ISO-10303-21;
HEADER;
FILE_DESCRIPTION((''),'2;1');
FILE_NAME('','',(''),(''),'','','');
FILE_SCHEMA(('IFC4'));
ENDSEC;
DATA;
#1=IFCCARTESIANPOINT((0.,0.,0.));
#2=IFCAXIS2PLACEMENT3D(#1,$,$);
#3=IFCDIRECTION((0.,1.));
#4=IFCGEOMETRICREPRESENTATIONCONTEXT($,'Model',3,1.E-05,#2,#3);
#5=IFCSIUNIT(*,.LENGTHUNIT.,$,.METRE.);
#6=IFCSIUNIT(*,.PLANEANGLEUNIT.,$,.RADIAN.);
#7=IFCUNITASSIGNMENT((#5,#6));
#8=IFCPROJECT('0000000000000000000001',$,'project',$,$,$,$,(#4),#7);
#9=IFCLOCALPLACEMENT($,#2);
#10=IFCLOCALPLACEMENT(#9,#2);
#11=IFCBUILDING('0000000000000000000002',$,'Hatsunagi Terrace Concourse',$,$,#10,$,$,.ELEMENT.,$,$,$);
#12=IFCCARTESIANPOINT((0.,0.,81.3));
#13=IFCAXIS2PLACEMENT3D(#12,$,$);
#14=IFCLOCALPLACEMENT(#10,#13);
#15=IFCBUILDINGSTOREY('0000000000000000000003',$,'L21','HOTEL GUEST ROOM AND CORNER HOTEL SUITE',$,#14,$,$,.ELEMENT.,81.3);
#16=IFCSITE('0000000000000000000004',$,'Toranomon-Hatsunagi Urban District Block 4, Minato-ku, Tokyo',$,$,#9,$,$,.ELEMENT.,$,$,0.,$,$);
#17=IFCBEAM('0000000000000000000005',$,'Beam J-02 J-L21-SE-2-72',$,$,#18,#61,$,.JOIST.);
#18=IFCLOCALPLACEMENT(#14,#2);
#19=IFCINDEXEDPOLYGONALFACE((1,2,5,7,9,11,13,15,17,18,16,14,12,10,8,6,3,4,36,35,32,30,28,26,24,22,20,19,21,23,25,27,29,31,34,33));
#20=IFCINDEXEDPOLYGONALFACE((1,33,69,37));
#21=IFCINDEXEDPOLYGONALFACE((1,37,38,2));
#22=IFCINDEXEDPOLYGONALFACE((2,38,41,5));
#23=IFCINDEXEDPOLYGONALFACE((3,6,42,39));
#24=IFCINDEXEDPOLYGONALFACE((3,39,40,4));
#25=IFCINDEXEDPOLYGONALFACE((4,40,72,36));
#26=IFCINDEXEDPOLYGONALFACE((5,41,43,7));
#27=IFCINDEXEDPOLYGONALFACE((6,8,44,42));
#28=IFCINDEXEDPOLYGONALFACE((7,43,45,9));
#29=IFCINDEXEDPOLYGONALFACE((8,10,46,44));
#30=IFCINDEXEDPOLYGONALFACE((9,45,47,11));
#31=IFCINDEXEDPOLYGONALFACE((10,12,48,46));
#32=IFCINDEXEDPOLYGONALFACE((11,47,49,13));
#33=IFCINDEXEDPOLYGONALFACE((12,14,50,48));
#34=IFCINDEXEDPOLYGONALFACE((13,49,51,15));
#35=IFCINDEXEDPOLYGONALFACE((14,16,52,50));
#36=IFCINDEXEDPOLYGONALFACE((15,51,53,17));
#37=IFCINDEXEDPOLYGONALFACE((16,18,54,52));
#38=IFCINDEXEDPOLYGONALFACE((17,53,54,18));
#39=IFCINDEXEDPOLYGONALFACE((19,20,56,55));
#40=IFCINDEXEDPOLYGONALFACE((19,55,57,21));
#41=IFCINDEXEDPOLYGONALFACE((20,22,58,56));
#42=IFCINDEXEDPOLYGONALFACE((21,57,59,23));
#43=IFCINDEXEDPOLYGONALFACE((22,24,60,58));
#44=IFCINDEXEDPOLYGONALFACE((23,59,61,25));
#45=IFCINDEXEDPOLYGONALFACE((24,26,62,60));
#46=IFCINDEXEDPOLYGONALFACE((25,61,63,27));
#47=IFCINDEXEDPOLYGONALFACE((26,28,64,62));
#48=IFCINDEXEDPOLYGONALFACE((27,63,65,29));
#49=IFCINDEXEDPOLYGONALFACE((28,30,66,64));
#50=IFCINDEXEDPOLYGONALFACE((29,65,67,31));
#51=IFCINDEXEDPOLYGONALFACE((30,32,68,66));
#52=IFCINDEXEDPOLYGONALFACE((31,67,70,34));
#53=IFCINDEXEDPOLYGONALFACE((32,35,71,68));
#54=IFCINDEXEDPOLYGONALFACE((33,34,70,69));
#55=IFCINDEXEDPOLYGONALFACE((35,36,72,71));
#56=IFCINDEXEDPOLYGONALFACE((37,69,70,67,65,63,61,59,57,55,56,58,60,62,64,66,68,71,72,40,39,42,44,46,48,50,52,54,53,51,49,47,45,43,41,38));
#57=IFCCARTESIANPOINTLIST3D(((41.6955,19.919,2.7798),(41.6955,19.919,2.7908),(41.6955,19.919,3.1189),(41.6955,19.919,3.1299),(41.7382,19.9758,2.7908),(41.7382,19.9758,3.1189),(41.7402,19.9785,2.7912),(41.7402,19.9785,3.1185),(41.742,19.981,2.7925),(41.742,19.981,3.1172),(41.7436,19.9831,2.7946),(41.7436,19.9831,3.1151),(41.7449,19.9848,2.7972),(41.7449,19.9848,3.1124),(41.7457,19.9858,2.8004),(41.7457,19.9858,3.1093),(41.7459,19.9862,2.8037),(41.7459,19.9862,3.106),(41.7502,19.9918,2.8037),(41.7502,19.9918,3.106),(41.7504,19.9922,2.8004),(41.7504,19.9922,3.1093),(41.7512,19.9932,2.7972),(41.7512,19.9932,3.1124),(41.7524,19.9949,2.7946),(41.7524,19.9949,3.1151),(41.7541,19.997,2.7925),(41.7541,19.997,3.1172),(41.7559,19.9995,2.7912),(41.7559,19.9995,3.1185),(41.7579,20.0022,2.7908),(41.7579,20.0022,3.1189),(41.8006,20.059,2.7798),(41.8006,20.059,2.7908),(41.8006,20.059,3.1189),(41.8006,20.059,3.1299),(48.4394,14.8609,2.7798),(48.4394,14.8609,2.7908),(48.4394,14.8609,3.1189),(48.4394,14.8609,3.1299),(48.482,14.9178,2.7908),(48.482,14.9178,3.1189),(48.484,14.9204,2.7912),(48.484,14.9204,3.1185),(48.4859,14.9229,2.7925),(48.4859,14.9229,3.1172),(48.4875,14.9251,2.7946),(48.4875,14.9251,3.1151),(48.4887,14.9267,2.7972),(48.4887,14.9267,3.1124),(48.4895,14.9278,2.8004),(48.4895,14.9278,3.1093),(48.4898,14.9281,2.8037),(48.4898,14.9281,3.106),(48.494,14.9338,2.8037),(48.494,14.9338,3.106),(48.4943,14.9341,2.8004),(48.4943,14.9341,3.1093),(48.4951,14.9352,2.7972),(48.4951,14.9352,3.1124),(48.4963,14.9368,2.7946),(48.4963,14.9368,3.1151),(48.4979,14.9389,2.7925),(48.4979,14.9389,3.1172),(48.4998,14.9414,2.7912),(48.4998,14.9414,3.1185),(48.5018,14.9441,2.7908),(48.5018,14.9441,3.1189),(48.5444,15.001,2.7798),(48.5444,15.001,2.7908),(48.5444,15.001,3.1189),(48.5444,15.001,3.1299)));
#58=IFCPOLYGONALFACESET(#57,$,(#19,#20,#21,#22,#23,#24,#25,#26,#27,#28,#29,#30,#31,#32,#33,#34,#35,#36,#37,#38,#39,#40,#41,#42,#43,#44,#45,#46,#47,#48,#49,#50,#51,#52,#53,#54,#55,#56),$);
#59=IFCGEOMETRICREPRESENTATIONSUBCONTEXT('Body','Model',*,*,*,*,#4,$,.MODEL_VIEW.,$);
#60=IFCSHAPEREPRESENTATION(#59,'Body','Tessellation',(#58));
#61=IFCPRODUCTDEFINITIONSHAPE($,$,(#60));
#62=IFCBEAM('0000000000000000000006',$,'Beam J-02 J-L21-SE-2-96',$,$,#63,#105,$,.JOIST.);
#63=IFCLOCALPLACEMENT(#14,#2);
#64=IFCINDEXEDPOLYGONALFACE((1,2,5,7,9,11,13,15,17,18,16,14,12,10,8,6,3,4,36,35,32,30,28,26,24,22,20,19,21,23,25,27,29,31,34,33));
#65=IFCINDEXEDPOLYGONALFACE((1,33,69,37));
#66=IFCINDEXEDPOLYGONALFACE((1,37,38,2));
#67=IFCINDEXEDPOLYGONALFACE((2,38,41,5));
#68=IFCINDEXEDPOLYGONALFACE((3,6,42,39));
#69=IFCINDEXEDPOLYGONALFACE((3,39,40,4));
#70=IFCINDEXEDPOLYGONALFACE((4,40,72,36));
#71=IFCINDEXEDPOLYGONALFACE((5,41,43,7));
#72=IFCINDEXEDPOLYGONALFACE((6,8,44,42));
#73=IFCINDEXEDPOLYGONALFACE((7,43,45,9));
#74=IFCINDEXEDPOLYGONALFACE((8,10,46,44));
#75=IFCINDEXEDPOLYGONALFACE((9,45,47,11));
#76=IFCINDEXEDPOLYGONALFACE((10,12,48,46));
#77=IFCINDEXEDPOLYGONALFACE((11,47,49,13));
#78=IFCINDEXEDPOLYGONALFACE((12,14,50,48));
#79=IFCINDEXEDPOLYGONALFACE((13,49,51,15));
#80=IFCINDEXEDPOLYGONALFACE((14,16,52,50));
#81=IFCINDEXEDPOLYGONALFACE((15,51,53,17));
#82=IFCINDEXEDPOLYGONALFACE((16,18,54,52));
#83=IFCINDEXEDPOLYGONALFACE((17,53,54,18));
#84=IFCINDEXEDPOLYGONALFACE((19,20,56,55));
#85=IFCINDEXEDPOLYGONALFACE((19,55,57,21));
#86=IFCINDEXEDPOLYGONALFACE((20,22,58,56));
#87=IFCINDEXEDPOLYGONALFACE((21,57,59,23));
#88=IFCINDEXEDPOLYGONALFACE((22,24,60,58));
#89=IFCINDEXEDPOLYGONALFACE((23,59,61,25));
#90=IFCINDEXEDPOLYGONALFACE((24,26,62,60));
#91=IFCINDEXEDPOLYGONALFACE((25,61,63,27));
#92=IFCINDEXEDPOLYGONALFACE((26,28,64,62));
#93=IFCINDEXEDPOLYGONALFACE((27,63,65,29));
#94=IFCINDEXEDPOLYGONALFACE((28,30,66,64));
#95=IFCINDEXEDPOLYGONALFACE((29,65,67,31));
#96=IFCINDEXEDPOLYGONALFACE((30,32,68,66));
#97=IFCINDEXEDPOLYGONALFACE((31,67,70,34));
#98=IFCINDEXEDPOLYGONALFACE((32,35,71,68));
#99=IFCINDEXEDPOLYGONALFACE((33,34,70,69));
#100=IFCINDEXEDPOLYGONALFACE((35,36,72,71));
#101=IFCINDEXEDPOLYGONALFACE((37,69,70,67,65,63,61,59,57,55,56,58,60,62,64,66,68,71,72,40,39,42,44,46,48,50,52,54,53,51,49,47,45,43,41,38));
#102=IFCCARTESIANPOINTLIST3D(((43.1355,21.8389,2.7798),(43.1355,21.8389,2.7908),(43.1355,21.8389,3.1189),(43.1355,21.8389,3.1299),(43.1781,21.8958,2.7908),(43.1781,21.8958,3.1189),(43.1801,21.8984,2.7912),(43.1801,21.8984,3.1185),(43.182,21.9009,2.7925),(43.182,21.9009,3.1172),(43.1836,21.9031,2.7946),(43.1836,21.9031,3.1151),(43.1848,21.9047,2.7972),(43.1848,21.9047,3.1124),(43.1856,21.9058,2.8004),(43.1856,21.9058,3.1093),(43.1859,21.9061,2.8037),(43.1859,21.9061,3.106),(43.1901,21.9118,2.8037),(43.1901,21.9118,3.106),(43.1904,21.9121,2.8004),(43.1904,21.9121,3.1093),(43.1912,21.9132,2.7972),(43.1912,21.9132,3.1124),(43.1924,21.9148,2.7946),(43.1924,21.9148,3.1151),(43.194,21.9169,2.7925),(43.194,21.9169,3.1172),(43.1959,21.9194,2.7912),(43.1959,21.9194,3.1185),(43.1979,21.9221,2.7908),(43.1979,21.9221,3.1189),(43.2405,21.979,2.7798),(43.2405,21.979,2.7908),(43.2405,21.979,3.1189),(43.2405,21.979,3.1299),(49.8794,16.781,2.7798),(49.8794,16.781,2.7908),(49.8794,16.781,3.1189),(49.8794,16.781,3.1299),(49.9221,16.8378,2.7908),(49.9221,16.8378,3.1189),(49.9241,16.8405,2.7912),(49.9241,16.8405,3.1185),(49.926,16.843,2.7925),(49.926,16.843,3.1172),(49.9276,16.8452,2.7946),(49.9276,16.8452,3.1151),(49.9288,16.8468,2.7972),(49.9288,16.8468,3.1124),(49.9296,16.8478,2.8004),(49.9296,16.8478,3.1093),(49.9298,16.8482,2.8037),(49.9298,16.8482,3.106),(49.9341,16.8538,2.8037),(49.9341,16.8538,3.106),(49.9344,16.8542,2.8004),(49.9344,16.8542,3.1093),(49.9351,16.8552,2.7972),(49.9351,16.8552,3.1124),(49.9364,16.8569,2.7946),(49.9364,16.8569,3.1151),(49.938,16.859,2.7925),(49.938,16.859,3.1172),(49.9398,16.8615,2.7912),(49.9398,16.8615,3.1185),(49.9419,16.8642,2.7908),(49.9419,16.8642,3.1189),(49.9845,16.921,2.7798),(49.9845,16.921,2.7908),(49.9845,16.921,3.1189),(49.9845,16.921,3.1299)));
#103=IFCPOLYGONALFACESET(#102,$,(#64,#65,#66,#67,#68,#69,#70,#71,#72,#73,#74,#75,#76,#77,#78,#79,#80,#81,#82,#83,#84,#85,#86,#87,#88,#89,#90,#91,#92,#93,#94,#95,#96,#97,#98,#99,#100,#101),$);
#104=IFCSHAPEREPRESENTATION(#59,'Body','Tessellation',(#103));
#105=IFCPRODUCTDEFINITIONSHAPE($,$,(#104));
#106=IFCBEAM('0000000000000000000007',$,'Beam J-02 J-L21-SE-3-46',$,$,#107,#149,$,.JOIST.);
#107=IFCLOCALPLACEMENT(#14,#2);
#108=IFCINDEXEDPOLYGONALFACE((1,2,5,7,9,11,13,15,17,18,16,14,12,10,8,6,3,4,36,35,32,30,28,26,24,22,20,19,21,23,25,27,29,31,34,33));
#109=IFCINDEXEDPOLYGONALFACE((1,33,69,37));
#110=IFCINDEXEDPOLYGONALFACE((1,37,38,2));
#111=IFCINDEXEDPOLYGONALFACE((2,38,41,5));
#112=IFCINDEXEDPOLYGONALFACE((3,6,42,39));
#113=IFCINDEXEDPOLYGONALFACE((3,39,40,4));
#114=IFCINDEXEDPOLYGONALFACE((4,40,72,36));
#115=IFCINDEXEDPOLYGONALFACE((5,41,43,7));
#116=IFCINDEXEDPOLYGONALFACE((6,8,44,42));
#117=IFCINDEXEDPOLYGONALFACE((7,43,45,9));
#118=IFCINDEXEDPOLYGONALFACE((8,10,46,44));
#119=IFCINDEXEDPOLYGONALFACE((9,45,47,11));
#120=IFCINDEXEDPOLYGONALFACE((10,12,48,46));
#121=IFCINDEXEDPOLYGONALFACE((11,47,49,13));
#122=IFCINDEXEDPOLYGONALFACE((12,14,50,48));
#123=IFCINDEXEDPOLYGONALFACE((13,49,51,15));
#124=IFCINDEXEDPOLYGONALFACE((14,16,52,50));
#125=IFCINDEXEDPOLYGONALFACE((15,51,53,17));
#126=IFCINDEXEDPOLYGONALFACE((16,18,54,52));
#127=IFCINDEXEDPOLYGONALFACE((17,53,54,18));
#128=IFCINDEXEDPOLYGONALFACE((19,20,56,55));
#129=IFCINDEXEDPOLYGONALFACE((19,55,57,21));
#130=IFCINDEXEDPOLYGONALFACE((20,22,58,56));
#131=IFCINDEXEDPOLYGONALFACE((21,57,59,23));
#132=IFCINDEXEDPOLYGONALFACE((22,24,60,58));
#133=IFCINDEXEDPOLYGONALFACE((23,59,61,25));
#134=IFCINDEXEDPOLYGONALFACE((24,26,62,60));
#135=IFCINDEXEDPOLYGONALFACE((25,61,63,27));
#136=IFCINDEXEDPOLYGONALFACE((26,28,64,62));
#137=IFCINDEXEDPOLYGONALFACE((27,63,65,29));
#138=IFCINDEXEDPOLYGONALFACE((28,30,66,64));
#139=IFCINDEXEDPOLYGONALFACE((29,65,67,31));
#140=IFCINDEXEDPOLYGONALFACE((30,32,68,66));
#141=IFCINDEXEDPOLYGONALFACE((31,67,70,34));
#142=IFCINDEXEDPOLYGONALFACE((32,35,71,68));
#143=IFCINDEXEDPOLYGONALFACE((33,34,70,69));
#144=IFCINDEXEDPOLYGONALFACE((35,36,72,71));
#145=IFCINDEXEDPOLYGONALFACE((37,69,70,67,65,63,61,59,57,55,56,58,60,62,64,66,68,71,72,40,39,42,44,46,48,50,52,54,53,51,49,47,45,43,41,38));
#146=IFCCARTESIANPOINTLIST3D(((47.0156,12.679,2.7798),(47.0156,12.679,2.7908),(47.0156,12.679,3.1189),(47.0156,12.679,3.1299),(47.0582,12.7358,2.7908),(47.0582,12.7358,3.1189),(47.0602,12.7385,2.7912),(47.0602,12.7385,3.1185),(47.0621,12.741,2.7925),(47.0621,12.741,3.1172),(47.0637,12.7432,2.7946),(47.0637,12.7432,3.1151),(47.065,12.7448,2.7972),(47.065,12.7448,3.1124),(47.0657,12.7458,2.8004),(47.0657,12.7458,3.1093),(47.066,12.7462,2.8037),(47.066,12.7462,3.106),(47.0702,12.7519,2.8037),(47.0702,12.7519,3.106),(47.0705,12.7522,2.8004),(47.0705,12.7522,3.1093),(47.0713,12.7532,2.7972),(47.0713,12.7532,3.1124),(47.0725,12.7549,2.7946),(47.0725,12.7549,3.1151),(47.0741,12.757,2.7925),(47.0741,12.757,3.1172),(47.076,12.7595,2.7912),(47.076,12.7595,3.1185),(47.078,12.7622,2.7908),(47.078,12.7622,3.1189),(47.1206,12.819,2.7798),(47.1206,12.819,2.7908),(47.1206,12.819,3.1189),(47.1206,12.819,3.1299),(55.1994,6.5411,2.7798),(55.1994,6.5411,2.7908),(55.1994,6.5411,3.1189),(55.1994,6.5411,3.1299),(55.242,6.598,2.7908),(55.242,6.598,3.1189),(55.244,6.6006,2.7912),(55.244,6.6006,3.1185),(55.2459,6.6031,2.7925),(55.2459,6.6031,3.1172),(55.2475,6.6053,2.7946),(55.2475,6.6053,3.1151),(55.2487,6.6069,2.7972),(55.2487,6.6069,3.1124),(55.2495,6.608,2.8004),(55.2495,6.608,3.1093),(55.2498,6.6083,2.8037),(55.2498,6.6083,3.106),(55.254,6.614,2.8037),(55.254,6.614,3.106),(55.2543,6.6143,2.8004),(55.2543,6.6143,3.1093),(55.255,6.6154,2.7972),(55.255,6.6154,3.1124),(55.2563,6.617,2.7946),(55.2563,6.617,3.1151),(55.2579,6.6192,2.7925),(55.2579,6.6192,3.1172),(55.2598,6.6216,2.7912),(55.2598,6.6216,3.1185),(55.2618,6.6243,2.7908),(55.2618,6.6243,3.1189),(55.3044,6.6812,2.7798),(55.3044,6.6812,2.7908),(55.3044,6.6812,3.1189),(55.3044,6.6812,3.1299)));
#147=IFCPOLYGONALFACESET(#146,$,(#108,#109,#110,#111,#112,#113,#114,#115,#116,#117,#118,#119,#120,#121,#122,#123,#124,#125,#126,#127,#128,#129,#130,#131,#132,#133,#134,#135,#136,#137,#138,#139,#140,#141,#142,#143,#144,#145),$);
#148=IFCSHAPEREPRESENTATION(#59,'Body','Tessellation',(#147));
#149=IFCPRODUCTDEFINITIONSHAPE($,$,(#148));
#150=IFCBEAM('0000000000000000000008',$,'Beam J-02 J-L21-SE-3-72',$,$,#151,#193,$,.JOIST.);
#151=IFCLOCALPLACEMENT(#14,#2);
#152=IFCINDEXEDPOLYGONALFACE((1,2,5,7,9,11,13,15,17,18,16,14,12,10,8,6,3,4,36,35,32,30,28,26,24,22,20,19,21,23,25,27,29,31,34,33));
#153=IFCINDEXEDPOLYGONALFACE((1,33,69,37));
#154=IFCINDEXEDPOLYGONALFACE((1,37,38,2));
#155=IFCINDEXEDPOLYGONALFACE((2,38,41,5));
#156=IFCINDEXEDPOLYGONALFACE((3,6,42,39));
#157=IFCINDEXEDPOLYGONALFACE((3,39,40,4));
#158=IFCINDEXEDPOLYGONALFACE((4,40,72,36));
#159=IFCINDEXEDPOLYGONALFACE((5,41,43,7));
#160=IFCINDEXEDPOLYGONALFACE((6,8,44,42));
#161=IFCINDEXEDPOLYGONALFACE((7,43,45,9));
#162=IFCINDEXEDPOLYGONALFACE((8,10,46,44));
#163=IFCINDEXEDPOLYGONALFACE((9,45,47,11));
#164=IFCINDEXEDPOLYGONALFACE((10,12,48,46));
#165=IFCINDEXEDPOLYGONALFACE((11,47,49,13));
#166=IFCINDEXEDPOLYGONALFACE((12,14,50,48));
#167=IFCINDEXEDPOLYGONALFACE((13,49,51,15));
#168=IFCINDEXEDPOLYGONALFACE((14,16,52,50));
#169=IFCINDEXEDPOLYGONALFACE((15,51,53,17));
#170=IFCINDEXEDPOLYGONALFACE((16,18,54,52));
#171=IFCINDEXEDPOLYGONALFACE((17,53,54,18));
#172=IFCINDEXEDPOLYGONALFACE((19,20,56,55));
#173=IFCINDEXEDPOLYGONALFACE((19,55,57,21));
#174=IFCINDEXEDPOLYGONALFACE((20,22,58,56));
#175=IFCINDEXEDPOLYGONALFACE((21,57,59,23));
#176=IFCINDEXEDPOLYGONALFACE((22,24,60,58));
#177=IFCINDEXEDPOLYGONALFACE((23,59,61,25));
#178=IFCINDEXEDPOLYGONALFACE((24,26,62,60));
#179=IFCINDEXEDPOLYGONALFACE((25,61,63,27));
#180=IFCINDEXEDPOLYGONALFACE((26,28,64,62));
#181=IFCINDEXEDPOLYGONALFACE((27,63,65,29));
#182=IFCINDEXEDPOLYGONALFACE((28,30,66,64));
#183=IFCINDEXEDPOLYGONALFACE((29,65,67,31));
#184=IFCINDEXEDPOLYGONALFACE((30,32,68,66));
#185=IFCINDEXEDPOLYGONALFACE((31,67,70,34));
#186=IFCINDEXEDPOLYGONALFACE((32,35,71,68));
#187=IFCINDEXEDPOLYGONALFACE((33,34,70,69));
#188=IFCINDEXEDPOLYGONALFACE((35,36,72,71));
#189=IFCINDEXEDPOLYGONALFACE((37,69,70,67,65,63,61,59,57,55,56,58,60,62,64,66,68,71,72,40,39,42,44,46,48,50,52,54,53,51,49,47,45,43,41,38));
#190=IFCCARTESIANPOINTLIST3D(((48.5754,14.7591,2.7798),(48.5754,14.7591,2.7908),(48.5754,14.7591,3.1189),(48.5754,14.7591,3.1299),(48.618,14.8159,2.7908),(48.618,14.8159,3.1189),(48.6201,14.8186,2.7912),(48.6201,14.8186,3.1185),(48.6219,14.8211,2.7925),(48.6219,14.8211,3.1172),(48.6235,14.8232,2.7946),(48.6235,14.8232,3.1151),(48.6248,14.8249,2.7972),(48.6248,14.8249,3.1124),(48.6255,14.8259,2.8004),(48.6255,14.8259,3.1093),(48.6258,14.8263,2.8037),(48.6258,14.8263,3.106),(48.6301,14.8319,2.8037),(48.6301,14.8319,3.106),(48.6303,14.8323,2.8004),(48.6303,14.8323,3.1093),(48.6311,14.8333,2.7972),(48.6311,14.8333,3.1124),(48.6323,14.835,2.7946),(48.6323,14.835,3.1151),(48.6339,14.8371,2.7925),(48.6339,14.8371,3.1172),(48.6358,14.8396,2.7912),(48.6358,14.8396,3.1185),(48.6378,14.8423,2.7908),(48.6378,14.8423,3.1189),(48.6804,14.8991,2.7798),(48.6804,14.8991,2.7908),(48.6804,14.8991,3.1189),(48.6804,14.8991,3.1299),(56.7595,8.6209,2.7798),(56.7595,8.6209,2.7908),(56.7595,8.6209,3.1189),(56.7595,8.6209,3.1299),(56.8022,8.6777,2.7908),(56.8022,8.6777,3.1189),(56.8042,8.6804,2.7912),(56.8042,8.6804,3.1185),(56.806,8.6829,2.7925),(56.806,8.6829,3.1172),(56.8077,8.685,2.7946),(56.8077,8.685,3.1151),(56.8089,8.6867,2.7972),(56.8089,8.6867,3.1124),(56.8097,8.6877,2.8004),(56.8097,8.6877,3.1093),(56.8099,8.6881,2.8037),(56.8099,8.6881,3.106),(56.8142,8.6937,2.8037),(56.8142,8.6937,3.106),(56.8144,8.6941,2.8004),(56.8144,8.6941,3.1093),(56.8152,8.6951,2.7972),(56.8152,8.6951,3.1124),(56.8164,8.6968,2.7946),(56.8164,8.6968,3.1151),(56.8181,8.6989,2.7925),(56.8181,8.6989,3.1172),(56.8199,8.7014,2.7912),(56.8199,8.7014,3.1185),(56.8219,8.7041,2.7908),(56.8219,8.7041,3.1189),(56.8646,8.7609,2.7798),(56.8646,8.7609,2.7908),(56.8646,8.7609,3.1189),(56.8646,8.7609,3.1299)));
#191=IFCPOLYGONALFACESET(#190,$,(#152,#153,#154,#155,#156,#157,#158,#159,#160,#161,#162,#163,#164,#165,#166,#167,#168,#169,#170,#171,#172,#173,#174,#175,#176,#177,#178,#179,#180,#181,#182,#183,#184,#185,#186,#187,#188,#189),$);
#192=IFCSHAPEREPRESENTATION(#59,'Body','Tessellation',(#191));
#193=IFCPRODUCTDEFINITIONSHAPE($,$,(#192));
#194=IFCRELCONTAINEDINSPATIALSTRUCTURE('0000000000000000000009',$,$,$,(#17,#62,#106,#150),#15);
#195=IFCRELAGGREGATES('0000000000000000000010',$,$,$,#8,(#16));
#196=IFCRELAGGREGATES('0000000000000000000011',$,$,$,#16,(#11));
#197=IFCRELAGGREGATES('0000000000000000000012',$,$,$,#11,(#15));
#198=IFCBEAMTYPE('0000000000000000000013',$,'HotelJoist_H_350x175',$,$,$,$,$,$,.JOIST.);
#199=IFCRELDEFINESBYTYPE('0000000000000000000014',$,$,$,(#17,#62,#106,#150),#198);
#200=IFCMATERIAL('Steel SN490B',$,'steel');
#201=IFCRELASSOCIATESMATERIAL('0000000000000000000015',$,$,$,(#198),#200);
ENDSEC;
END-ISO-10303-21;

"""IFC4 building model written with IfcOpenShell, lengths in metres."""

from ifc_helpers import new_model, si_unit, direction, frame, origin, origin_2d, place, context, subcontext, project, spatial, i_section, extrude, material, material_profile, profile_set, type_object, element, save


model = new_model("IFC4")

# Units and contexts
model_context = context("Model", 3, precision=1e-05, world=origin(), true_north=direction((0.0, 1.0)))
body_context = subcontext(model_context, "Body", "Model", "MODEL_VIEW")
ifc_project = project(units=[si_unit("LENGTHUNIT", "METRE"), si_unit("PLANEANGLEUNIT", "RADIAN")], contexts=[model_context])

# Site, building, storey
site_placement = place(None, origin())
site = spatial("IfcSite", under=ifc_project, at=site_placement, Name="Toranomon-Hatsunagi Urban District Block 4, Minato-ku, Tokyo", CompositionType="ELEMENT", RefElevation=0.0)
building_placement = place(site_placement, origin())
building = spatial("IfcBuilding", under=site, at=building_placement, Name="Hatsunagi Terrace Concourse", CompositionType="ELEMENT")
storey_placement = place(building_placement, frame((0.0, 0.0, 81.3)))
storey = spatial("IfcBuildingStorey", under=building, at=storey_placement, Name="L21", Description="HOTEL GUEST ROOM AND CORNER HOTEL SUITE", CompositionType="ELEMENT", Elevation=81.3)

# Beams
ifc_material_1 = material(Name="Steel SN490B", Category="steel")
ifc_material_profile_1 = material_profile(ifc_material_1, i_section(OverallWidth=0.175, OverallDepth=0.3501, WebThickness=0.0071, FlangeThickness=0.011, FilletRadius=0.0129, at=origin_2d()), Name="H-350x175x7x11")
ifc_profile_set_1 = profile_set([ifc_material_profile_1], Name="Steel SN490B")
beam_type_1 = type_object("IfcBeamType", Name="HotelJoist_H_350x175", PredefinedType="JOIST", material=ifc_profile_set_1)
for number, where, z_axis, x_axis, name in (
    (1, (41.748, 19.989, 2.9548), (0.79999, -0.600014, 0.0), (0.600014, 0.79999, 0.0), "Beam J-02 J-L21-SE-2-72"),
    (2, (43.188, 21.9089, 2.9548), (0.800003, -0.599995, 0.0), (0.599995, 0.800003, 0.0), "Beam J-02 J-L21-SE-2-96"),
):
    element("IfcBeam", number, at=place(storey_placement, frame(where, z_axis=z_axis, x_axis=x_axis)), inside=storey, type_object=beam_type_1, Name=name, PredefinedType="JOIST", context=body_context, shape_type="SweptSolid", body=[
        extrude(i_section(OverallWidth=0.175, OverallDepth=0.3501, WebThickness=0.0071, FlangeThickness=0.011, FilletRadius=0.0129, at=origin_2d()), origin(), (0.0, 0.0, 1.0), 8.4299),
    ])
beam_1_placement = place(storey_placement, frame((47.0681, 12.749, 2.9548), z_axis=(0.799997, -0.600004, 0.0), x_axis=(0.600004, 0.799997, 0.0)))
element("IfcBeam", 3, at=beam_1_placement, inside=storey, type_object=beam_type_1, Name="Beam J-02 J-L21-SE-3-46", PredefinedType="JOIST", context=body_context, shape_type="SweptSolid", body=[
    extrude(i_section(OverallWidth=0.175, OverallDepth=0.3501, WebThickness=0.0071, FlangeThickness=0.011, FilletRadius=0.0129, at=origin_2d()), origin(), (0.0, 0.0, 1.0), 10.2297),
])
beam_2_placement = place(storey_placement, frame((48.6279, 14.8291, 2.9548), z_axis=(0.799994, -0.600008, 0.0), x_axis=(0.600008, 0.799994, 0.0)))
element("IfcBeam", 4, at=beam_2_placement, inside=storey, type_object=beam_type_1, Name="Beam J-02 J-L21-SE-3-72", PredefinedType="JOIST", context=body_context, shape_type="SweptSolid", body=[
    extrude(i_section(OverallWidth=0.175, OverallDepth=0.3501, WebThickness=0.0071, FlangeThickness=0.011, FilletRadius=0.0129, at=origin_2d()), origin(), (0.0, 0.0, 1.0), 10.2302),
])

save(model, "model.ifc")
